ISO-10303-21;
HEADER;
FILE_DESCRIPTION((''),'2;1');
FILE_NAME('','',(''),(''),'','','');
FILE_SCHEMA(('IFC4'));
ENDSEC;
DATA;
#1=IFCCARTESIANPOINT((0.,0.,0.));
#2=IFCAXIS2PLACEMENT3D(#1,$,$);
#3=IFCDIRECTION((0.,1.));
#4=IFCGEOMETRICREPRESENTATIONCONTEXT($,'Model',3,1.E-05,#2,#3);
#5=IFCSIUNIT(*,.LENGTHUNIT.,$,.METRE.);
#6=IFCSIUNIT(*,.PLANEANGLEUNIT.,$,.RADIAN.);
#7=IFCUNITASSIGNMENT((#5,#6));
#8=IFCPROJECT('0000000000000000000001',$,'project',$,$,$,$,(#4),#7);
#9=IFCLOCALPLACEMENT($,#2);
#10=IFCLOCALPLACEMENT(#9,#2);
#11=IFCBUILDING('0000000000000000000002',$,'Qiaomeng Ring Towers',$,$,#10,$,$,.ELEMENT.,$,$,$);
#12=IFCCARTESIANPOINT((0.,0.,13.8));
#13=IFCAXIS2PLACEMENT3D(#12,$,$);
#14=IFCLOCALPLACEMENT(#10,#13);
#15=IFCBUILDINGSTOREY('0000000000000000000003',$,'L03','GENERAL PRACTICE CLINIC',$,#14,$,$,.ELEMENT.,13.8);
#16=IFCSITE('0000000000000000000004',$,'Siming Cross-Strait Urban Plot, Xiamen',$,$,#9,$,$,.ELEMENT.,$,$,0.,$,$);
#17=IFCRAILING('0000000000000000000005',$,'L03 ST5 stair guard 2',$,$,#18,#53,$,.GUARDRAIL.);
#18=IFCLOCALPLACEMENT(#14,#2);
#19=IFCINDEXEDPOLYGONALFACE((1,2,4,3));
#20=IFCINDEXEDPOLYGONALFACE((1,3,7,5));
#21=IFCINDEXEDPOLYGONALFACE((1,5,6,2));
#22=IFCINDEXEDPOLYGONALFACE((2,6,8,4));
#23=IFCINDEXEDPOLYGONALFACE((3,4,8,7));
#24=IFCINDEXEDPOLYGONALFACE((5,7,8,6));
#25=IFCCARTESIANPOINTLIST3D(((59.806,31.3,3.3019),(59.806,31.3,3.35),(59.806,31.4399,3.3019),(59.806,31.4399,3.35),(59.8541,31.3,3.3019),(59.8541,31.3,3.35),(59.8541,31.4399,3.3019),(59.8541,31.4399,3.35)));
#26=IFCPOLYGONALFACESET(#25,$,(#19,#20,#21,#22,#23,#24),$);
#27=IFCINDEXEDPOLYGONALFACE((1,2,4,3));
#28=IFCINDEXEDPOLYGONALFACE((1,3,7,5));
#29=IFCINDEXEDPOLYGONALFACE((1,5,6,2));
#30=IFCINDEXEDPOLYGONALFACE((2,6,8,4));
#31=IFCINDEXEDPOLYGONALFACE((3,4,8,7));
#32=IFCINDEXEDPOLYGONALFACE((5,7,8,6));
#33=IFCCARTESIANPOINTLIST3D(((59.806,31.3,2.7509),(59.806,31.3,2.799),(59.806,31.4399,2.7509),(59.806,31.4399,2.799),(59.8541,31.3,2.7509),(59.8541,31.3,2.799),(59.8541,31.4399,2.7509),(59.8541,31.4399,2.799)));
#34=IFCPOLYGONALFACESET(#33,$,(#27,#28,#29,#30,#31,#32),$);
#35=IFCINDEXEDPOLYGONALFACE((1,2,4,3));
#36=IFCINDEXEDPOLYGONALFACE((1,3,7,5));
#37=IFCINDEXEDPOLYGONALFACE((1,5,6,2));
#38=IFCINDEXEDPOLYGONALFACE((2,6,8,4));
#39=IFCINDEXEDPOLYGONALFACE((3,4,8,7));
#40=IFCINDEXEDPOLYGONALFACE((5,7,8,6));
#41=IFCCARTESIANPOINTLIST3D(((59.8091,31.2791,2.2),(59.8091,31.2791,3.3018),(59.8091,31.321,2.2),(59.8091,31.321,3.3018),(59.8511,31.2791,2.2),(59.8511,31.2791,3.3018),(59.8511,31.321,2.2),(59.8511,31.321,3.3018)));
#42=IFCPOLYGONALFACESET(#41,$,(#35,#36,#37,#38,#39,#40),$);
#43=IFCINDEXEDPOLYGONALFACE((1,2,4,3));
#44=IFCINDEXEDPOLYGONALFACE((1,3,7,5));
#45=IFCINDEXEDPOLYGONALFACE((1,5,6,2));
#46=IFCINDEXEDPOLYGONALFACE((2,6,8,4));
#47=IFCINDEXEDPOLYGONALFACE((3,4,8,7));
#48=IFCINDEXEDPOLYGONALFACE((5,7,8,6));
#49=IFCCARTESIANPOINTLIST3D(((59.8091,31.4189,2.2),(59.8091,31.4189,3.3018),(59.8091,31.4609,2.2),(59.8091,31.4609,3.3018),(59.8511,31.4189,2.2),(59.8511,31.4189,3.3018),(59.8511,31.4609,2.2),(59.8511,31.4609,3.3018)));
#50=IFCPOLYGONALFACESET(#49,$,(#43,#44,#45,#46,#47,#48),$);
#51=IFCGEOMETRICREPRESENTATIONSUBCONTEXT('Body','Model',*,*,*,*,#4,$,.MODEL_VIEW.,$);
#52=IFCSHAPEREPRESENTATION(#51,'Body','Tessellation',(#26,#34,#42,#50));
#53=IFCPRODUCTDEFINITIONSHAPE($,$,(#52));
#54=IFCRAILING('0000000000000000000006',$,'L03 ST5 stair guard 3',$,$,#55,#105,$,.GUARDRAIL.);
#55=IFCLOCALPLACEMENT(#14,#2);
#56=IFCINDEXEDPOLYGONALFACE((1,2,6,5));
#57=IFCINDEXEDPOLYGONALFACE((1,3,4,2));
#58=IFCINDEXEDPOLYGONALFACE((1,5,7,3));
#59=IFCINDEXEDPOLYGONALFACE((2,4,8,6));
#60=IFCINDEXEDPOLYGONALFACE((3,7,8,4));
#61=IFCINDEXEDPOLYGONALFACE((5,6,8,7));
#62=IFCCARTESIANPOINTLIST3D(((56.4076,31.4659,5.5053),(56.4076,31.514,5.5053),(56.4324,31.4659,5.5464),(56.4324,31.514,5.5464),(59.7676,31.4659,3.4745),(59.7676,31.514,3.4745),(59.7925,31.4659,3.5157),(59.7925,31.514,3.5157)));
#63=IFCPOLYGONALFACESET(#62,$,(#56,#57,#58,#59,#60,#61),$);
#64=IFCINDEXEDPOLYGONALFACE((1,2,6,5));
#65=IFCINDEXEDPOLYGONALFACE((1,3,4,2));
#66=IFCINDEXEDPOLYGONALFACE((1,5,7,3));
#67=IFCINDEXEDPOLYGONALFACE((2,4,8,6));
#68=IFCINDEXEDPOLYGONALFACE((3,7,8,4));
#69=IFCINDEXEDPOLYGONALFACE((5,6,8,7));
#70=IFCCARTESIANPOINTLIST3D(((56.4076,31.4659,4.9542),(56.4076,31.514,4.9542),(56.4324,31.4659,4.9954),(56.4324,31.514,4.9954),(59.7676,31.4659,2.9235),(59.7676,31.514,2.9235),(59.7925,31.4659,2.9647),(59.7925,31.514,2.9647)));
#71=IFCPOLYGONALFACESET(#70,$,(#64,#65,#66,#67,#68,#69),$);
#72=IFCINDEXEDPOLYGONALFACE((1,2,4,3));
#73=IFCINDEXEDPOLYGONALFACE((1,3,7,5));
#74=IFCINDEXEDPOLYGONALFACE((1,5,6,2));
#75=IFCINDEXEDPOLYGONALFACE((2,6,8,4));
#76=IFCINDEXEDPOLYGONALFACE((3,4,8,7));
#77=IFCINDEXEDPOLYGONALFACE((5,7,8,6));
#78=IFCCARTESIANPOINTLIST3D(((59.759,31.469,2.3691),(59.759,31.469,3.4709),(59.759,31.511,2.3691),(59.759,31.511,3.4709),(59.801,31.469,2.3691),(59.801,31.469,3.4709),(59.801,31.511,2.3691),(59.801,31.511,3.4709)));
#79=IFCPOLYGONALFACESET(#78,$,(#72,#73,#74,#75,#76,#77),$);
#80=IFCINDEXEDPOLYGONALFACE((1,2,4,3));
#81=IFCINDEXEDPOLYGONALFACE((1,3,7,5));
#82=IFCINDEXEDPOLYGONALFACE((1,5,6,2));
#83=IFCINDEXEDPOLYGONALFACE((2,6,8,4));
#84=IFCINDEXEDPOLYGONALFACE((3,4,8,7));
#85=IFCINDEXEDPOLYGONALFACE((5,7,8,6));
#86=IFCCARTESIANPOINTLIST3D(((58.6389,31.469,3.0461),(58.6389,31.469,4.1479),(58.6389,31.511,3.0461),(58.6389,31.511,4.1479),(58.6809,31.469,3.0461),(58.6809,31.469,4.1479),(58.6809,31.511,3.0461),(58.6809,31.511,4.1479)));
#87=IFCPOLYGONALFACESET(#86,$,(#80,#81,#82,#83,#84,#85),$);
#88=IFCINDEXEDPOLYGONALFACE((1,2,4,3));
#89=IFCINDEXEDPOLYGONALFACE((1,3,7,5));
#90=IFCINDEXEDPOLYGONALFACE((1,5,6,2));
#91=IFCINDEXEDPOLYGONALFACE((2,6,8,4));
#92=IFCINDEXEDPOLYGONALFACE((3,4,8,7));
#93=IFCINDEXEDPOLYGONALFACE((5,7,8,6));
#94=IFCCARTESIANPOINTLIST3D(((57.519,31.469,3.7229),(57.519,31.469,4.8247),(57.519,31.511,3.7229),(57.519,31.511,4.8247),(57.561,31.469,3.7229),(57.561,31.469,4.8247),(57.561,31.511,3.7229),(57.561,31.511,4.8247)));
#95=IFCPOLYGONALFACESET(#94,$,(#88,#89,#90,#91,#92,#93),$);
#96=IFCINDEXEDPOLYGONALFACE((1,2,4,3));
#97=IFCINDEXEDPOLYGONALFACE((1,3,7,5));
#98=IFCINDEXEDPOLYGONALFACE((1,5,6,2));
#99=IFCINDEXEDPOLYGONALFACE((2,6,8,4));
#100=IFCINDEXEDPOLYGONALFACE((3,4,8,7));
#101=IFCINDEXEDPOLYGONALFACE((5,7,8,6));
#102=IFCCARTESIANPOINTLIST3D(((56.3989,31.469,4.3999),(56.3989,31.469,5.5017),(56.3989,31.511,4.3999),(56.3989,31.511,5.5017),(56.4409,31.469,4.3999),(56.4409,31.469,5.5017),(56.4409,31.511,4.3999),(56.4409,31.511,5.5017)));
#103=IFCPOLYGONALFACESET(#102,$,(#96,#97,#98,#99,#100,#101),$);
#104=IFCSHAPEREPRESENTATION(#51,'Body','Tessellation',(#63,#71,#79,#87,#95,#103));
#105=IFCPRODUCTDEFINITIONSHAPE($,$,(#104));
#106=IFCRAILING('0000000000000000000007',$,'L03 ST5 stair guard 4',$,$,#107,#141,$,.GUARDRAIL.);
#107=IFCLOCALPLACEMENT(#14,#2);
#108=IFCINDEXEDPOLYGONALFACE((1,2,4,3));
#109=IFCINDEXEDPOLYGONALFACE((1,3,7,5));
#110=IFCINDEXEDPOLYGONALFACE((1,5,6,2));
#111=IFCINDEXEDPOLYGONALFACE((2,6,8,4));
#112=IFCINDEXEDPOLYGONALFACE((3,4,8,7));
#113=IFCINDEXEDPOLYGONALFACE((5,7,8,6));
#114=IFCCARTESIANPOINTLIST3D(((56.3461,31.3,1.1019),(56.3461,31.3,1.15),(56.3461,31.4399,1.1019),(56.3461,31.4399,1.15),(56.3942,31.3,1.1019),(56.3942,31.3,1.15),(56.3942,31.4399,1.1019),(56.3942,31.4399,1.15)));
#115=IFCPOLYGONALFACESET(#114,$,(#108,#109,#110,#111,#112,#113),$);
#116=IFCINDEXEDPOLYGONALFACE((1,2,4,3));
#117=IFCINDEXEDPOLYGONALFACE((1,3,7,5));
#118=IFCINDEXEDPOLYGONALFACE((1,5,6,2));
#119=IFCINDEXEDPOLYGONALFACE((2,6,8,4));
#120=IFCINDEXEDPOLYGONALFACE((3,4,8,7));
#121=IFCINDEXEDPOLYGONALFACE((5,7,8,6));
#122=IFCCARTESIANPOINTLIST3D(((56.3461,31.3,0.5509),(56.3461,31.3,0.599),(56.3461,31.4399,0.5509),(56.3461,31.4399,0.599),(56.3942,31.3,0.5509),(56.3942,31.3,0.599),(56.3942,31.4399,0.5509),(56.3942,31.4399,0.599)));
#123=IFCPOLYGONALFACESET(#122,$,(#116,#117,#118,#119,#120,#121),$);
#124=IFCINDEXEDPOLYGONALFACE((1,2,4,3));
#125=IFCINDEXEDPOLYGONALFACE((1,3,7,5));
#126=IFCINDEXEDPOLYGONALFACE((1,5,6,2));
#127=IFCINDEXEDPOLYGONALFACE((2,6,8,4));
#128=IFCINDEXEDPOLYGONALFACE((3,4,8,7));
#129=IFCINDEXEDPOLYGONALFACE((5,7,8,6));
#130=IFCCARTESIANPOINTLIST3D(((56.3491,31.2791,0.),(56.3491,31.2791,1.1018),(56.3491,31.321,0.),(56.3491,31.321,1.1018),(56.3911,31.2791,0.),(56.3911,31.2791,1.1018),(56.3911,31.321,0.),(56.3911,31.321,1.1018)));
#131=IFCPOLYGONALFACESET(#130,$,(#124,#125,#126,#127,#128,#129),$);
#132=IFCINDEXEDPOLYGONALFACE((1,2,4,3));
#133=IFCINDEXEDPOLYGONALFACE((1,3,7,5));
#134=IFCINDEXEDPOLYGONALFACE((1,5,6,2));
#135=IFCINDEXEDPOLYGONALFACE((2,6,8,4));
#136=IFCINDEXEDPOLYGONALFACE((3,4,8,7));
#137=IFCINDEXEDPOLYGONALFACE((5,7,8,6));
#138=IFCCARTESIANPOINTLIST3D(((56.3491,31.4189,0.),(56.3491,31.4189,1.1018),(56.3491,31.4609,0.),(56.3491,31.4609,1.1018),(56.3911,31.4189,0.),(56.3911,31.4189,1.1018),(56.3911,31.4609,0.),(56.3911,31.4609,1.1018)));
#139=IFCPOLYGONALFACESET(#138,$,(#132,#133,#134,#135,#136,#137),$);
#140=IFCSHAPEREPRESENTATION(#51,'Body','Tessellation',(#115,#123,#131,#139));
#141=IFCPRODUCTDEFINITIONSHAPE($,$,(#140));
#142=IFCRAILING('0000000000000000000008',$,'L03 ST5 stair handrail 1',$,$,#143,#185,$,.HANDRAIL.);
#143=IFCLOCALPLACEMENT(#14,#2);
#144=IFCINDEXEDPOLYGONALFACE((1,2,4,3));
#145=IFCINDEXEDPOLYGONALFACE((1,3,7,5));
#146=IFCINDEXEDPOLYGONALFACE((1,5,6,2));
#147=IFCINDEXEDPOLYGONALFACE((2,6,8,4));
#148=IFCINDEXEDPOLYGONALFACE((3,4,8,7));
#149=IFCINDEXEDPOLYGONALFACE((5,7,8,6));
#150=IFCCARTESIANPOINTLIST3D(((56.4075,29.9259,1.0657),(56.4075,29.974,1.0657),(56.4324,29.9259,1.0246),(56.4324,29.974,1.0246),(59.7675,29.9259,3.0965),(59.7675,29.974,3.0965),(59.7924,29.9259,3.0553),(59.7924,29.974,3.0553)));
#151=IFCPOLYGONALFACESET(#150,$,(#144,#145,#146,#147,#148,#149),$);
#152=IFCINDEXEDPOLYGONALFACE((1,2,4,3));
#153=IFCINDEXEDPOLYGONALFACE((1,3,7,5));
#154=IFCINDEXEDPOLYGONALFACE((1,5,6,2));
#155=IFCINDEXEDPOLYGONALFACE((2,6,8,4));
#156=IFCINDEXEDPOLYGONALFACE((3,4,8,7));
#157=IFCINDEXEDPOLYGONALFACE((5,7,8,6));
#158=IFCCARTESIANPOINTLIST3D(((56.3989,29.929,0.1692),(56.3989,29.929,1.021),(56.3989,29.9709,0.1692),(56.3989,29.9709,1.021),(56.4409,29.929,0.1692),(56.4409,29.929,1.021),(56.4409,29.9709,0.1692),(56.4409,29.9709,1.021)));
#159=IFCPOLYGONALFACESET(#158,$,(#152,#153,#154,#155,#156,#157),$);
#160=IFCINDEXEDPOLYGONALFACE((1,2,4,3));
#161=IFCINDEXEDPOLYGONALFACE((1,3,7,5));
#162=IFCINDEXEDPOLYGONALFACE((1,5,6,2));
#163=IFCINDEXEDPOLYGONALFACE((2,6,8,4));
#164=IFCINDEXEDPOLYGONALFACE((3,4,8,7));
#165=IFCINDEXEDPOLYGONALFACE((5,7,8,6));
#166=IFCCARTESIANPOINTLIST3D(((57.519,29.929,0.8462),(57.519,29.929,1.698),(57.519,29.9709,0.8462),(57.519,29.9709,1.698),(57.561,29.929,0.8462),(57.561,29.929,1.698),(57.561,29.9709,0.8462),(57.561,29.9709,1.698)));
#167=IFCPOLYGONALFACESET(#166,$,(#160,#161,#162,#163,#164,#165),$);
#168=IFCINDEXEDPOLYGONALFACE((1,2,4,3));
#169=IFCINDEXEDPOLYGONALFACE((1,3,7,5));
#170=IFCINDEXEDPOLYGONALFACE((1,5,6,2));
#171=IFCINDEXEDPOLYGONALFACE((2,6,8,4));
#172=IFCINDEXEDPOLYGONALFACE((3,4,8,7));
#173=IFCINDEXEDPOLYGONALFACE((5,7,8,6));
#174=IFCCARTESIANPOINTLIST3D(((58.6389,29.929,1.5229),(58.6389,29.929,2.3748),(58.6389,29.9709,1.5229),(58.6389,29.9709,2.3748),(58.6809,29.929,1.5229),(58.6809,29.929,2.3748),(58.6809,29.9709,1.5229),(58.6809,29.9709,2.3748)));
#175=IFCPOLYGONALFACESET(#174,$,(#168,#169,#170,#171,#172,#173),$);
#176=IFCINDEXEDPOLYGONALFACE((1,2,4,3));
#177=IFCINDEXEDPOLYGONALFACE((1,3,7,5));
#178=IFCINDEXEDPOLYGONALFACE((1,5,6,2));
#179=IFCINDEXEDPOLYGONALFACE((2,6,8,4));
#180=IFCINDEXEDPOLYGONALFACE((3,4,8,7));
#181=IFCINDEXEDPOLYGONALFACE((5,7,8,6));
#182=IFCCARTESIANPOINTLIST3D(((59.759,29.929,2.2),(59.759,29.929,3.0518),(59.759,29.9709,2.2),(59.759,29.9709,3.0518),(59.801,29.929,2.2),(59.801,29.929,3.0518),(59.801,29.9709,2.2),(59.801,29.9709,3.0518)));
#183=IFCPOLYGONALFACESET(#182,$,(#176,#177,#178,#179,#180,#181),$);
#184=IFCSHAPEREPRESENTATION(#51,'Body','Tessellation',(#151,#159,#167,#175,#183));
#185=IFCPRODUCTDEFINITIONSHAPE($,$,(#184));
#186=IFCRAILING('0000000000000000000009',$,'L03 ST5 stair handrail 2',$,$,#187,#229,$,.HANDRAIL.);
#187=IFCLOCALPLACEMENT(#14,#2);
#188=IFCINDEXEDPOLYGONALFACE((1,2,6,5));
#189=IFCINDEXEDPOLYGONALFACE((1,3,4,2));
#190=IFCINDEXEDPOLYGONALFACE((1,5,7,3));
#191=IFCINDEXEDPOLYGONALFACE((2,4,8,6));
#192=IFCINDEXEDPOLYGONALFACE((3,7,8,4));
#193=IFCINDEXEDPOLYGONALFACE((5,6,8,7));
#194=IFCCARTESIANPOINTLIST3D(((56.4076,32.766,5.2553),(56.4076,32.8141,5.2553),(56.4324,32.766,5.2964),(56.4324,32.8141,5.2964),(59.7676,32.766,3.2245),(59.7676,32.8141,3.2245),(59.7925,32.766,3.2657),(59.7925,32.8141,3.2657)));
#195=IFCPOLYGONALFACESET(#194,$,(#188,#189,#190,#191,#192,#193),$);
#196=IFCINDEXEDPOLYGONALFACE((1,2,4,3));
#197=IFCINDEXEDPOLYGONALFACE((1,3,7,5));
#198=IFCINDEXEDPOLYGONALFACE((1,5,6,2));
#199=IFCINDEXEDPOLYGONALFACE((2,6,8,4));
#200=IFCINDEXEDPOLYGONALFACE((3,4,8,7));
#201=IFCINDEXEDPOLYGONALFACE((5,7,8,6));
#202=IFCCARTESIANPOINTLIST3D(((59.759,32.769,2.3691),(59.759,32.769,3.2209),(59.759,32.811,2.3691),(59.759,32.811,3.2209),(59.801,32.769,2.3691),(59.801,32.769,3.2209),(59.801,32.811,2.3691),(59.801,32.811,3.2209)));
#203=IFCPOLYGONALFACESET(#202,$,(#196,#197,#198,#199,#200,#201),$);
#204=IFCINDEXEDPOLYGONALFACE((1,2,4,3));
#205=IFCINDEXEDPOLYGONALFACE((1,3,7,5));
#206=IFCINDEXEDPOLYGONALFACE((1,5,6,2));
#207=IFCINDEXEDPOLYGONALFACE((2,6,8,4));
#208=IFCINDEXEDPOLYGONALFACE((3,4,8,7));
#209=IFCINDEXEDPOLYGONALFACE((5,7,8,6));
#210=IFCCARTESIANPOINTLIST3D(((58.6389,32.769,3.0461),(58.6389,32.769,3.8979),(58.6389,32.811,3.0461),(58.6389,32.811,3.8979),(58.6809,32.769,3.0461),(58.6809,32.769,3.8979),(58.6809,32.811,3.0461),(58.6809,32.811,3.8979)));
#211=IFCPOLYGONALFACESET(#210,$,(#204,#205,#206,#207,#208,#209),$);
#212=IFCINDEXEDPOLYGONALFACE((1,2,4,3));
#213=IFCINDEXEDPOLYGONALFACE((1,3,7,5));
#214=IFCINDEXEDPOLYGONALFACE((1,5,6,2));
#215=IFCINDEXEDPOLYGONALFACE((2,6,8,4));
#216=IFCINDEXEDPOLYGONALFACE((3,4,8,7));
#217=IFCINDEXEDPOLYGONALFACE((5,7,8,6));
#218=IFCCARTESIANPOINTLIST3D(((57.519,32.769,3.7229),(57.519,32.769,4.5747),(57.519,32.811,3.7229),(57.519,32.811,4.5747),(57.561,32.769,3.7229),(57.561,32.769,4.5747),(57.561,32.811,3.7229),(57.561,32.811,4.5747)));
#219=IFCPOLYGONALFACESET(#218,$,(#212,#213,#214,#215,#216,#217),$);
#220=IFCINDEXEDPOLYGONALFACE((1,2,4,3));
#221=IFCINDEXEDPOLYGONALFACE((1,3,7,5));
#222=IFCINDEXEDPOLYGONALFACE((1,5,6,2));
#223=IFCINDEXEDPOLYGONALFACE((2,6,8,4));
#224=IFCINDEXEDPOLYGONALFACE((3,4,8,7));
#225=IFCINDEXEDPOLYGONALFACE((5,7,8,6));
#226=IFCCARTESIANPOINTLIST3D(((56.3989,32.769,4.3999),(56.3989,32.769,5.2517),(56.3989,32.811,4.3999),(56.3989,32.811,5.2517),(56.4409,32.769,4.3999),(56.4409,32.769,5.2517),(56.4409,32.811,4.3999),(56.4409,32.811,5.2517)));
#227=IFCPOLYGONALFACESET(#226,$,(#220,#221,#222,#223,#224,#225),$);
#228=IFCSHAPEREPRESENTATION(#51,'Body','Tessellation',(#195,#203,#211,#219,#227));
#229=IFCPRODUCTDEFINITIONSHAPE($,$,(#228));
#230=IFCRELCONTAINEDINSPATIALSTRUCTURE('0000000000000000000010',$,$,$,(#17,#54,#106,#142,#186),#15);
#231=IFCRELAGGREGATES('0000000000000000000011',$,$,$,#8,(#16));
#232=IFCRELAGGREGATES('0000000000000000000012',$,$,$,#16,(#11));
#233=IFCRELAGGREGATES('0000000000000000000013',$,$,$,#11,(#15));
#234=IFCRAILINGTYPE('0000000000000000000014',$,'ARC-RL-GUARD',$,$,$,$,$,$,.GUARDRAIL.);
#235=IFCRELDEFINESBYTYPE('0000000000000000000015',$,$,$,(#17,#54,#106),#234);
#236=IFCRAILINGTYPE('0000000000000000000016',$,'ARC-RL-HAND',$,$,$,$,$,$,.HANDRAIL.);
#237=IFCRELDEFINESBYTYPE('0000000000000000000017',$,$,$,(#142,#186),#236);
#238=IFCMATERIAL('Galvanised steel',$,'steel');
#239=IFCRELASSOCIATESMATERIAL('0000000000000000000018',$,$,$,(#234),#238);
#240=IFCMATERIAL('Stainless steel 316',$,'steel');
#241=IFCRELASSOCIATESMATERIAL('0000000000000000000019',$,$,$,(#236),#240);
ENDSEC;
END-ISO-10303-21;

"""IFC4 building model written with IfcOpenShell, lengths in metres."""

from ifc_helpers import new_model, si_unit, direction, frame, origin, origin_2d, place, context, subcontext, project, spatial, rectangle, extrude, material, type_object, element, save


model = new_model("IFC4")

# Units and contexts
model_context = context("Model", 3, precision=1e-05, world=origin(), true_north=direction((0.0, 1.0)))
body_context = subcontext(model_context, "Body", "Model", "MODEL_VIEW")
ifc_project = project(units=[si_unit("LENGTHUNIT", "METRE"), si_unit("PLANEANGLEUNIT", "RADIAN")], contexts=[model_context])

# Site, building, storey
site_placement = place(None, origin())
site = spatial("IfcSite", under=ifc_project, at=site_placement, Name="Siming Cross-Strait Urban Plot, Xiamen", CompositionType="ELEMENT", RefElevation=0.0)
building_placement = place(site_placement, origin())
building = spatial("IfcBuilding", under=site, at=building_placement, Name="Qiaomeng Ring Towers", CompositionType="ELEMENT")
storey_placement = place(building_placement, frame((0.0, 0.0, 13.8)))
storey = spatial("IfcBuildingStorey", under=building, at=storey_placement, Name="L03", Description="GENERAL PRACTICE CLINIC", CompositionType="ELEMENT", Elevation=13.8)

# Shared definitions
ifc_material_1 = material(Name="Galvanised steel", Category="steel")
ifc_material_2 = material(Name="Stainless steel 316", Category="steel")

# Railings
railing_type_1 = type_object("IfcRailingType", Name="ARC-RL-GUARD", PredefinedType="GUARDRAIL", material=ifc_material_1)
railing_1_placement = place(storey_placement, frame((59.8301, 31.3, 2.2)))
element("IfcRailing", 1, at=railing_1_placement, inside=storey, type_object=railing_type_1, Name="L03 ST5 stair guard 2", PredefinedType="GUARDRAIL", context=body_context, shape_type="SweptSolid", body=[
    extrude(rectangle(XDim=0.0481, YDim=0.0481, at=origin_2d()), frame((0.0, 0.0, 1.126), z_axis=(0.0, 1.0, 0.0), x_axis=(-1.0, 0.0, 0.0)), (0.0, 0.0, 1.0), 0.1399),
    extrude(rectangle(XDim=0.0481, YDim=0.0481, at=origin_2d()), frame((0.0, 0.0, 0.575), z_axis=(0.0, 1.0, 0.0), x_axis=(-1.0, 0.0, 0.0)), (0.0, 0.0, 1.0), 0.1399),
    extrude(rectangle(XDim=0.042, YDim=0.042, at=origin_2d()), origin(), (0.0, 0.0, 1.0), 1.1018),
    extrude(rectangle(XDim=0.042, YDim=0.042, at=origin_2d()), frame((0.0, 0.1399, 0.0)), (0.0, 0.0, 1.0), 1.1018),
])
railing_2_placement = place(storey_placement, frame((59.78, 31.49, 2.3691)))
element("IfcRailing", 2, at=railing_2_placement, inside=storey, type_object=railing_type_1, Name="L03 ST5 stair guard 3", PredefinedType="GUARDRAIL", context=body_context, shape_type="SweptSolid", body=[
    extrude(rectangle(XDim=0.0481, YDim=0.0481, at=origin_2d()), frame((0.0, 0.0, 1.126), z_axis=(-0.855837, 0.0, 0.517246), x_axis=(0.0, -1.0, 0.0)), (0.0, 0.0, 1.0), 3.926),
    extrude(rectangle(XDim=0.0481, YDim=0.0481, at=origin_2d()), frame((0.0, 0.0, 0.575), z_axis=(-0.855837, 0.0, 0.517246), x_axis=(0.0, -1.0, 0.0)), (0.0, 0.0, 1.0), 3.926),
    extrude(rectangle(XDim=0.042, YDim=0.042, at=origin_2d()), origin(), (0.0, 0.0, 1.0), 1.1018),
    extrude(rectangle(XDim=0.042, YDim=0.042, at=origin_2d()), frame((-1.1201, 0.0, 0.677)), (0.0, 0.0, 1.0), 1.1018),
    extrude(rectangle(XDim=0.042, YDim=0.042, at=origin_2d()), frame((-2.24, 0.0, 1.3538)), (0.0, 0.0, 1.0), 1.1018),
    extrude(rectangle(XDim=0.042, YDim=0.042, at=origin_2d()), frame((-3.3601, 0.0, 2.0308)), (0.0, 0.0, 1.0), 1.1018),
])
railing_3_placement = place(storey_placement, frame((56.3701, 31.3, 0.0)))
element("IfcRailing", 3, at=railing_3_placement, inside=storey, type_object=railing_type_1, Name="L03 ST5 stair guard 4", PredefinedType="GUARDRAIL", context=body_context, shape_type="SweptSolid", body=[
    extrude(rectangle(XDim=0.0481, YDim=0.0481, at=origin_2d()), frame((0.0, 0.0, 1.126), z_axis=(0.0, 1.0, 0.0), x_axis=(-1.0, 0.0, 0.0)), (0.0, 0.0, 1.0), 0.1399),
    extrude(rectangle(XDim=0.0481, YDim=0.0481, at=origin_2d()), frame((0.0, 0.0, 0.575), z_axis=(0.0, 1.0, 0.0), x_axis=(-1.0, 0.0, 0.0)), (0.0, 0.0, 1.0), 0.1399),
    extrude(rectangle(XDim=0.042, YDim=0.042, at=origin_2d()), origin(), (0.0, 0.0, 1.0), 1.1018),
    extrude(rectangle(XDim=0.042, YDim=0.042, at=origin_2d()), frame((0.0, 0.1399, 0.0)), (0.0, 0.0, 1.0), 1.1018),
])
railing_type_2 = type_object("IfcRailingType", Name="ARC-RL-HAND", PredefinedType="HANDRAIL", material=ifc_material_2)
railing_4_placement = place(storey_placement, frame((56.4199, 29.95, 0.1692)))
element("IfcRailing", 4, at=railing_4_placement, inside=storey, type_object=railing_type_2, Name="L03 ST5 stair handrail 1", PredefinedType="HANDRAIL", context=body_context, shape_type="SweptSolid", body=[
    extrude(rectangle(XDim=0.0481, YDim=0.0481, at=origin_2d()), frame((0.0, 0.0, 0.876), z_axis=(0.855837, 0.0, 0.517246), x_axis=(0.0, 1.0, 0.0)), (0.0, 0.0, 1.0), 3.926),
    extrude(rectangle(XDim=0.042, YDim=0.042, at=origin_2d()), origin(), (0.0, 0.0, 1.0), 0.8518),
    extrude(rectangle(XDim=0.042, YDim=0.042, at=origin_2d()), frame((1.1201, 0.0, 0.677)), (0.0, 0.0, 1.0), 0.8518),
    extrude(rectangle(XDim=0.042, YDim=0.042, at=origin_2d()), frame((2.24, 0.0, 1.3538)), (0.0, 0.0, 1.0), 0.8518),
    extrude(rectangle(XDim=0.042, YDim=0.042, at=origin_2d()), frame((3.3601, 0.0, 2.0308)), (0.0, 0.0, 1.0), 0.8518),
])
railing_5_placement = place(storey_placement, frame((59.78, 32.79, 2.3691)))
element("IfcRailing", 5, at=railing_5_placement, inside=storey, type_object=railing_type_2, Name="L03 ST5 stair handrail 2", PredefinedType="HANDRAIL", context=body_context, shape_type="SweptSolid", body=[
    extrude(rectangle(XDim=0.0481, YDim=0.0481, at=origin_2d()), frame((0.0, 0.0, 0.876), z_axis=(-0.855837, 0.0, 0.517246), x_axis=(0.0, -1.0, 0.0)), (0.0, 0.0, 1.0), 3.926),
    extrude(rectangle(XDim=0.042, YDim=0.042, at=origin_2d()), origin(), (0.0, 0.0, 1.0), 0.8518),
    extrude(rectangle(XDim=0.042, YDim=0.042, at=origin_2d()), frame((-1.1201, 0.0, 0.677)), (0.0, 0.0, 1.0), 0.8518),
    extrude(rectangle(XDim=0.042, YDim=0.042, at=origin_2d()), frame((-2.24, 0.0, 1.3538)), (0.0, 0.0, 1.0), 0.8518),
    extrude(rectangle(XDim=0.042, YDim=0.042, at=origin_2d()), frame((-3.3601, 0.0, 2.0308)), (0.0, 0.0, 1.0), 0.8518),
])

save(model, "model.ifc")
